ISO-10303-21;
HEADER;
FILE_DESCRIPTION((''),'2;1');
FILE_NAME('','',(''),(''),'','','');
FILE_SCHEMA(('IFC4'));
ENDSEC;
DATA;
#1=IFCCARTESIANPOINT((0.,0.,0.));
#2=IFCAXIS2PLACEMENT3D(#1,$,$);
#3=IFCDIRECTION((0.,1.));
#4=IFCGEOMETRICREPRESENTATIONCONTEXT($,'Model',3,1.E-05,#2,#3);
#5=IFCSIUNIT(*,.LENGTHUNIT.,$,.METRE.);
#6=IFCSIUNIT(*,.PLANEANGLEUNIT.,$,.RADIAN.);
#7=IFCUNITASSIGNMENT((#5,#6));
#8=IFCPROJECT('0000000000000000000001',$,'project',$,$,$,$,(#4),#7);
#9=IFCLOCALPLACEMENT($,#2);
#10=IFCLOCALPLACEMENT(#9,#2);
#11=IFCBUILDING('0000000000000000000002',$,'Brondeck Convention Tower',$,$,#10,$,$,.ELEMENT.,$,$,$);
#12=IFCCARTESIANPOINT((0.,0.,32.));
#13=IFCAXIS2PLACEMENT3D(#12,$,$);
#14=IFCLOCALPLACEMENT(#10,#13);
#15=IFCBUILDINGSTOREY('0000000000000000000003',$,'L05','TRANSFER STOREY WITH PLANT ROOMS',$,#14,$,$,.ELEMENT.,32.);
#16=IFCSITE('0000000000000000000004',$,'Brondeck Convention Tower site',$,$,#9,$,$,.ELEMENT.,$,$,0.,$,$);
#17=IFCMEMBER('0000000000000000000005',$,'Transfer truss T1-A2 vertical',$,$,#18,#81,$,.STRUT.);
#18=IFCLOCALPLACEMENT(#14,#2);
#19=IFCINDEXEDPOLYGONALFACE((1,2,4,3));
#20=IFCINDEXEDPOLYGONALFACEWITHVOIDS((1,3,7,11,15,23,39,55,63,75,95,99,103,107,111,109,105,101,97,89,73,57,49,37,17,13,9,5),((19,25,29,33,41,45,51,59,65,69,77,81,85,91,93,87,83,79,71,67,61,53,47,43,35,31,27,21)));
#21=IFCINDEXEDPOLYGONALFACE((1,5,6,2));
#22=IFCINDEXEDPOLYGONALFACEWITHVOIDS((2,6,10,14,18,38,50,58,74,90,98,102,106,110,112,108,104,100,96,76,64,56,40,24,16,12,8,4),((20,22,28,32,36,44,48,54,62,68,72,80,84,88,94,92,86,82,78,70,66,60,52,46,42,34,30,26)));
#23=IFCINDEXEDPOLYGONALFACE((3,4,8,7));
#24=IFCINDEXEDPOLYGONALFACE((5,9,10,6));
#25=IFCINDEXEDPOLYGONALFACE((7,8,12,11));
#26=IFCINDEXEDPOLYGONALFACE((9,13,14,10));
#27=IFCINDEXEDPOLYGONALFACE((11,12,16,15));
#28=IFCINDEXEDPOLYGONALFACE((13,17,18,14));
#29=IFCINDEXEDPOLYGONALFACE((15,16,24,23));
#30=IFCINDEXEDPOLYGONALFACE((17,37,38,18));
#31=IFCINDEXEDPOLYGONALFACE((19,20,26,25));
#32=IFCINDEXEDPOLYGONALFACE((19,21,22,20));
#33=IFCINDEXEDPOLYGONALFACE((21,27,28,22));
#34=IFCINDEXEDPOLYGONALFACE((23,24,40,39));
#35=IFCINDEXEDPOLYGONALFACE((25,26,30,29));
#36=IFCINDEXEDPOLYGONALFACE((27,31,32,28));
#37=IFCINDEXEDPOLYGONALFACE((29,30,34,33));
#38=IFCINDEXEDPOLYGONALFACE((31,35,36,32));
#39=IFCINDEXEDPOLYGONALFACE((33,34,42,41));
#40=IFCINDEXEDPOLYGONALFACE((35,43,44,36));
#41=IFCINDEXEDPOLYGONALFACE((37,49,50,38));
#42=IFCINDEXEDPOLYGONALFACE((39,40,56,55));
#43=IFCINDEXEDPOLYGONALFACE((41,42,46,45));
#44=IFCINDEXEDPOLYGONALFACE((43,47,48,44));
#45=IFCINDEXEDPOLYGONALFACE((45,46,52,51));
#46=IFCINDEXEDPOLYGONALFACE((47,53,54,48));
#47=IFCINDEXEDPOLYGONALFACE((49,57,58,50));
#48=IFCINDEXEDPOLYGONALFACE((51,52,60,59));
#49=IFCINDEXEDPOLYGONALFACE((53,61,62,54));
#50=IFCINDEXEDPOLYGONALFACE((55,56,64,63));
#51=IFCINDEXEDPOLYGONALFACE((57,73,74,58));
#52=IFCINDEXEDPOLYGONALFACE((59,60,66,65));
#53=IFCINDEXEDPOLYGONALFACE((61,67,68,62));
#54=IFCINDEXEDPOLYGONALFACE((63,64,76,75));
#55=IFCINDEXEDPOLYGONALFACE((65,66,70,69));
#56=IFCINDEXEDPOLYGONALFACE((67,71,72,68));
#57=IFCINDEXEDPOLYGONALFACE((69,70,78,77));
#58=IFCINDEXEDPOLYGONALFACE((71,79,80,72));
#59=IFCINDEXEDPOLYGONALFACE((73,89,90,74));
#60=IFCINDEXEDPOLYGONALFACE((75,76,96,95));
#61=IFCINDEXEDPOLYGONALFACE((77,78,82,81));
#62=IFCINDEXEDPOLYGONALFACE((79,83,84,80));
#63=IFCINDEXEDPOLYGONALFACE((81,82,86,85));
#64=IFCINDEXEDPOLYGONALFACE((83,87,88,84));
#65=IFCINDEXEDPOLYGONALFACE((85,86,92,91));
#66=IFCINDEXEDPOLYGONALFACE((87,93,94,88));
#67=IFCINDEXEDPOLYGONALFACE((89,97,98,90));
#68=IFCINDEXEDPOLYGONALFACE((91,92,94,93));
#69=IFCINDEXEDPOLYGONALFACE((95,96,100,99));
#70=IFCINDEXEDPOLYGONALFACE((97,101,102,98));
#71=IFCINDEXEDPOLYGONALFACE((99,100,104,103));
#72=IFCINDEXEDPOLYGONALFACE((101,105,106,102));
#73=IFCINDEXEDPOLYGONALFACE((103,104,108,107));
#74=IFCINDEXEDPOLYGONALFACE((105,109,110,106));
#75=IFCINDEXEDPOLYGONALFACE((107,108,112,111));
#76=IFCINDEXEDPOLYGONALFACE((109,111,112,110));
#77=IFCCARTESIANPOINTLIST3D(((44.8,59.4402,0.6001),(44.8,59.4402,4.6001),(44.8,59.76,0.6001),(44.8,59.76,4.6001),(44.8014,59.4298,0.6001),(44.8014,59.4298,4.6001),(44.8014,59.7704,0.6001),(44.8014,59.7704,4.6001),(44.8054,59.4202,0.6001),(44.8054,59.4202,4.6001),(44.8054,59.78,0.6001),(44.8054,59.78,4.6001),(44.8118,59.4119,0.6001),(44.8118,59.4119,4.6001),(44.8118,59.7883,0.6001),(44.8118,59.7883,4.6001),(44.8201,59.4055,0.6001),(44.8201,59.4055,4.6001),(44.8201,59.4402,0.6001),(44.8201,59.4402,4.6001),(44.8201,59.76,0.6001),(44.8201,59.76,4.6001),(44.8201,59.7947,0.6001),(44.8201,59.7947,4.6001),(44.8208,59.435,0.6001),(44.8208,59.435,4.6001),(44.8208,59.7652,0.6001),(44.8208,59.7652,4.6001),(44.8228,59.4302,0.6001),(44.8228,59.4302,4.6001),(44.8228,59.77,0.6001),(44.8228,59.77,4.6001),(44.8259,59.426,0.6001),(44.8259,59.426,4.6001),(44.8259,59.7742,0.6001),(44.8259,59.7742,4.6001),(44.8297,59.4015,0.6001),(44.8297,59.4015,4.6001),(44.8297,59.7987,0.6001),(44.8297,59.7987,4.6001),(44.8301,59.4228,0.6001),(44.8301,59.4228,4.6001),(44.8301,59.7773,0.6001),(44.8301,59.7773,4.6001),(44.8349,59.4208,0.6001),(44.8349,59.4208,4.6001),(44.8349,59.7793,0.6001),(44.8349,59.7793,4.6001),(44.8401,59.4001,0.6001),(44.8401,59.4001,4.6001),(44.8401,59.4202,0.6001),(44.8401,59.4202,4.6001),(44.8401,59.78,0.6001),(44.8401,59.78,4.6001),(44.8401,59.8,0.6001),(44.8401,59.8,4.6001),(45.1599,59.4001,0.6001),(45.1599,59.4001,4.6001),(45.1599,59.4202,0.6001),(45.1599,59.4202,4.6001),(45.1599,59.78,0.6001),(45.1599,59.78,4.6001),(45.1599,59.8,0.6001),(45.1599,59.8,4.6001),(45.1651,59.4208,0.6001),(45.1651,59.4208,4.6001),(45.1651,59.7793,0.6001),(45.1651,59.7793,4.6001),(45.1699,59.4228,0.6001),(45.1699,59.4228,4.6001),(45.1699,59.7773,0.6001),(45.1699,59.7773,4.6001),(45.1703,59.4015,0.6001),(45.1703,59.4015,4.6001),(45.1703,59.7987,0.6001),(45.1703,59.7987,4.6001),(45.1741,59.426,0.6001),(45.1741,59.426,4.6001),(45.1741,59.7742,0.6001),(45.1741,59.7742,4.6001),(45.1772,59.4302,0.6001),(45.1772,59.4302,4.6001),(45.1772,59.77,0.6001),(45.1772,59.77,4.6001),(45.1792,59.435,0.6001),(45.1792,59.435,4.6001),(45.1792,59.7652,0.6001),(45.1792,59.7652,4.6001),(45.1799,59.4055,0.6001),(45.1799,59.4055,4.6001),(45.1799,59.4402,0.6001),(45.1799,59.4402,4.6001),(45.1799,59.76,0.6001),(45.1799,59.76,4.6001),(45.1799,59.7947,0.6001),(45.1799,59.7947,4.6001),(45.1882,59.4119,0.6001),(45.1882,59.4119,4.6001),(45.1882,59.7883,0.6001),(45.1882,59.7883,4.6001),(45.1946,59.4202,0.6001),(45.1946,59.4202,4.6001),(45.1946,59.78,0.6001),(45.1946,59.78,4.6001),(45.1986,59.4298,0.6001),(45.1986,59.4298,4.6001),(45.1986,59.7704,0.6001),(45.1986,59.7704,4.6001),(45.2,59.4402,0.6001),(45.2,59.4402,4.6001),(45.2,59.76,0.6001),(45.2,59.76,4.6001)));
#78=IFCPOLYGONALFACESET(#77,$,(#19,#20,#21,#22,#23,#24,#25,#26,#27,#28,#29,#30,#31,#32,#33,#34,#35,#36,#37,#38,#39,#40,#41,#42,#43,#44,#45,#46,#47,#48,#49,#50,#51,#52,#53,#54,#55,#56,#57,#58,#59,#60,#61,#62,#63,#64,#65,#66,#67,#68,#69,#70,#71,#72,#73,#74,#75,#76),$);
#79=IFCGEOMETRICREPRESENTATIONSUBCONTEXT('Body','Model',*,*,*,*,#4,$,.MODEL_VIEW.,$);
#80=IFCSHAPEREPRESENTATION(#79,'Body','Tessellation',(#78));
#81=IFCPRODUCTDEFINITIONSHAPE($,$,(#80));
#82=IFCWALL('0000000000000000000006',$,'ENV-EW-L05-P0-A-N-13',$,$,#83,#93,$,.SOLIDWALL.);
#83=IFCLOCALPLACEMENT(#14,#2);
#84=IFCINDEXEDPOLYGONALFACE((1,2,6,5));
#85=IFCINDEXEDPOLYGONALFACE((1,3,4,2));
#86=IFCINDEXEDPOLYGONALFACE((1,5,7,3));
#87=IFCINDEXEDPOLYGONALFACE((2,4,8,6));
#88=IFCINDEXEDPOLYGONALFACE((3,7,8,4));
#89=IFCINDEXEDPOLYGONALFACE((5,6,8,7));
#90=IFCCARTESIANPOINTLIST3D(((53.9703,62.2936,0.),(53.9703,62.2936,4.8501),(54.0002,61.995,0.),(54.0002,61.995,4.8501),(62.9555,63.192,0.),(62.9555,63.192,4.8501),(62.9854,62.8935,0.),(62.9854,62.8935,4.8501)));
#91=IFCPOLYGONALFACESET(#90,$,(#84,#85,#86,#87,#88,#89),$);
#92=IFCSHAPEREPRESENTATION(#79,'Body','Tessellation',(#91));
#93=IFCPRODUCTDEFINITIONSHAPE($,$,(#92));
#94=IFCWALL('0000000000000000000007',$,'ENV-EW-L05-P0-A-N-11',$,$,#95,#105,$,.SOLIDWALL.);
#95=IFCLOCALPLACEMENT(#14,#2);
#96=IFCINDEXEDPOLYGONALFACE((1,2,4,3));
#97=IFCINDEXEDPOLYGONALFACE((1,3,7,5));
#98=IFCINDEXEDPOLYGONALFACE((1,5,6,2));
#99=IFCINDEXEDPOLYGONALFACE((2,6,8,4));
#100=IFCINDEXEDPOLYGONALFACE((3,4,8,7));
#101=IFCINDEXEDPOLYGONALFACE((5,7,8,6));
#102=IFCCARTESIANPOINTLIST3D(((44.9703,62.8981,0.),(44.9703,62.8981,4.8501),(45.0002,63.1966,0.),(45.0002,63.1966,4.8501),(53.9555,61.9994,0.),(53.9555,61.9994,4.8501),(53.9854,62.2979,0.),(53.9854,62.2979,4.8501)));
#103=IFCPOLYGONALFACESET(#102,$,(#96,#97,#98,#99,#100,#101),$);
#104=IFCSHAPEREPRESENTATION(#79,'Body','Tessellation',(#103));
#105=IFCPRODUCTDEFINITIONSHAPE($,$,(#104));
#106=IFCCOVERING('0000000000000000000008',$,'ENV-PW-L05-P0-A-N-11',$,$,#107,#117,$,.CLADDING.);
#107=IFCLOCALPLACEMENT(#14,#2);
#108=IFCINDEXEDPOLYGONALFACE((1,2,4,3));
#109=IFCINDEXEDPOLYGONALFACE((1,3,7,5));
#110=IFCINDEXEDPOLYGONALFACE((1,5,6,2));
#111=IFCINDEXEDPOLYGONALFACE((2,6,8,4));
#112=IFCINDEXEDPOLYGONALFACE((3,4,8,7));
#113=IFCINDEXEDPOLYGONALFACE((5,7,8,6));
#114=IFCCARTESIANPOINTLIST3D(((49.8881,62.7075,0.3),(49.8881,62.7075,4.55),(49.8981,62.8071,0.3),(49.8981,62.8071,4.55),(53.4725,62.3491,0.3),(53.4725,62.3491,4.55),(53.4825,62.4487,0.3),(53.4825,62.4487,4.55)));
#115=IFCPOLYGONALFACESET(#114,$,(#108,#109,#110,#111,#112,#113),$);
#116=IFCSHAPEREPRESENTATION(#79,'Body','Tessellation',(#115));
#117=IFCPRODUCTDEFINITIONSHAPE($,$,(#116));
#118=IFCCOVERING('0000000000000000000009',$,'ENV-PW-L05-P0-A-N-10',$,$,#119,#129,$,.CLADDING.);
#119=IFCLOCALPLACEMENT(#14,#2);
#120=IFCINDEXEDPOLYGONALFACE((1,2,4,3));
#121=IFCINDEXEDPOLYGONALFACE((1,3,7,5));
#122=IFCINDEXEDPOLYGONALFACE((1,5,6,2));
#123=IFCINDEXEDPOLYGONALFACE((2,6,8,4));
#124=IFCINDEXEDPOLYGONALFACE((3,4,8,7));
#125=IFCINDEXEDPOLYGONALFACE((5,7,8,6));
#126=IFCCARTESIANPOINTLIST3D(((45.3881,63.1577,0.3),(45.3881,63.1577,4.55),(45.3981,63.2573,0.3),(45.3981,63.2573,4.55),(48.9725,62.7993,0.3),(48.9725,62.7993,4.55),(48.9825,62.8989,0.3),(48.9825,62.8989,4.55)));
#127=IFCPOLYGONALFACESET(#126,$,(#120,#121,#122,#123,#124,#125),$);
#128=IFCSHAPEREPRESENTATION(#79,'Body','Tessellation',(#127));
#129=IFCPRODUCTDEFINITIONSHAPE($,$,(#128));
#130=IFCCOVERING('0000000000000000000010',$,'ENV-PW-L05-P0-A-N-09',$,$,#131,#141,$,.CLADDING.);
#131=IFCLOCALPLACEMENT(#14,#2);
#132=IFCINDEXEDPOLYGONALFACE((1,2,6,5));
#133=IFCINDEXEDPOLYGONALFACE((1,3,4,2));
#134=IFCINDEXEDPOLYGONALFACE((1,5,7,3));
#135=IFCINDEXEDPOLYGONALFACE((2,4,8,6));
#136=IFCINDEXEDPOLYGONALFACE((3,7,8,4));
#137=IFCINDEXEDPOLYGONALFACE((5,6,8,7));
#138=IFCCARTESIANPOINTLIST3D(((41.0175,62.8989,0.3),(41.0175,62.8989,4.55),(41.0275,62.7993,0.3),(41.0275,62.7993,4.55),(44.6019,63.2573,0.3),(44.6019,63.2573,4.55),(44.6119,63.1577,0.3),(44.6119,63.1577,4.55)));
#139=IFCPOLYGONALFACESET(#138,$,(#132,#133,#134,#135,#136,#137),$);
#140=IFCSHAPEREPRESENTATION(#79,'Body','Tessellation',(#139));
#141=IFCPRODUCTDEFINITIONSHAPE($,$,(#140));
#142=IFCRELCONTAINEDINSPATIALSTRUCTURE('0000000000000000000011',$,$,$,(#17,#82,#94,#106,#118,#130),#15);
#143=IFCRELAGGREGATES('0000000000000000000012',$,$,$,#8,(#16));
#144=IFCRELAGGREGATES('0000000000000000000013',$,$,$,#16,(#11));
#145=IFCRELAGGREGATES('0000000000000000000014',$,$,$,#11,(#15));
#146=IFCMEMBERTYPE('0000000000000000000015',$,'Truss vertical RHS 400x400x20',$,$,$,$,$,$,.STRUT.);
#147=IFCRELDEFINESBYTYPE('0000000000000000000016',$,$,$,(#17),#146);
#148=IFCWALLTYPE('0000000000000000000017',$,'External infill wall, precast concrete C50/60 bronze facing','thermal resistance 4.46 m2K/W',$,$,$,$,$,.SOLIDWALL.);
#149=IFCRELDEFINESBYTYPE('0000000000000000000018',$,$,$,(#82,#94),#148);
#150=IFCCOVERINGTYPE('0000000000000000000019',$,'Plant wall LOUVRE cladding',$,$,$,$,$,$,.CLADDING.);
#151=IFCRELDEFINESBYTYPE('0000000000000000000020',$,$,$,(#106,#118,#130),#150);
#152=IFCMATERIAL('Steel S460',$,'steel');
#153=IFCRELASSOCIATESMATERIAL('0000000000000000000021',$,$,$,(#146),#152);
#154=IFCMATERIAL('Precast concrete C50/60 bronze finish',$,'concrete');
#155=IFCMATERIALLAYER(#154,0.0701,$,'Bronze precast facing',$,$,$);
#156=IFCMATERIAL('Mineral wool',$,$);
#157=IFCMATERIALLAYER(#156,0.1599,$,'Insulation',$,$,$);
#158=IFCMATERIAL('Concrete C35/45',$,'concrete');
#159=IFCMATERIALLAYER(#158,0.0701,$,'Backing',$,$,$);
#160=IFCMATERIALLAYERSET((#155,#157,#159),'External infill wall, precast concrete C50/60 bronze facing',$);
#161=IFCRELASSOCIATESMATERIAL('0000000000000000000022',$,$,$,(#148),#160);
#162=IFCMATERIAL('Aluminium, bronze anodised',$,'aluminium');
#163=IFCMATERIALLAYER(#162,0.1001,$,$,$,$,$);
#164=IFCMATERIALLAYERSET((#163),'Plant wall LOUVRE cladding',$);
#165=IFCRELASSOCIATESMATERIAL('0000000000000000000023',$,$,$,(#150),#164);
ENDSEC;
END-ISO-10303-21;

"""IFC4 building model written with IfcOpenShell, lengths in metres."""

from ifc_helpers import new_model, si_unit, direction, frame, frame_2d, origin, origin_2d, place, context, subcontext, project, spatial, rectangle, hollow_rectangle, extrude, material, layer, layer_set, material_profile, profile_set, type_object, element, save


model = new_model("IFC4")

# Units and contexts
model_context = context("Model", 3, precision=1e-05, world=origin(), true_north=direction((0.0, 1.0)))
body_context = subcontext(model_context, "Body", "Model", "MODEL_VIEW")
ifc_project = project(units=[si_unit("LENGTHUNIT", "METRE"), si_unit("PLANEANGLEUNIT", "RADIAN")], contexts=[model_context])

# Site, building, storey
site_placement = place(None, origin())
site = spatial("IfcSite", under=ifc_project, at=site_placement, Name="Brondeck Convention Tower site", CompositionType="ELEMENT", RefElevation=0.0)
building_placement = place(site_placement, origin())
building = spatial("IfcBuilding", under=site, at=building_placement, Name="Brondeck Convention Tower", CompositionType="ELEMENT")
storey_placement = place(building_placement, frame((0.0, 0.0, 32.0)))
storey = spatial("IfcBuildingStorey", under=building, at=storey_placement, Name="L05", Description="TRANSFER STOREY WITH PLANT ROOMS", CompositionType="ELEMENT", Elevation=32.0)

# Shared definitions
ifc_material_1 = material(Name="Steel S460", Category="steel")

# Member
ifc_material_profile_1 = material_profile(ifc_material_1, hollow_rectangle(XDim=0.3999, YDim=0.3999, WallThickness=0.02, InnerFilletRadius=0.02, OuterFilletRadius=0.04, at=origin_2d()), Name="RHS 400x400x20")
ifc_profile_set_1 = profile_set([ifc_material_profile_1], Name="Steel S460")
member_type_1 = type_object("IfcMemberType", Name="Truss vertical RHS 400x400x20", PredefinedType="STRUT", material=ifc_profile_set_1)
for number, where, z_axis, x_axis, name in (
    (1, (45.0, 59.6001, 0.6001), (0.0, 0.0, 1.0), (1.0, 0.0, 0.0), "Transfer truss T1-A2 vertical"),
):
    element("IfcMember", number, at=place(storey_placement, frame(where, z_axis=z_axis, x_axis=x_axis)), inside=storey, type_object=member_type_1, Name=name, PredefinedType="STRUT", context=body_context, shape_type="SweptSolid", body=[
        extrude(hollow_rectangle(XDim=0.3999, YDim=0.3999, WallThickness=0.02, InnerFilletRadius=0.02, OuterFilletRadius=0.04, at=origin_2d()), origin(), (0.0, 0.0, 1.0), 4.0),
    ])

# Walls
ifc_material_2 = material(Name="Precast concrete C50/60 bronze finish", Category="concrete")
ifc_layer_1 = layer(ifc_material_2, 0.0701, Name="Bronze precast facing")
ifc_material_3 = material(Name="Mineral wool")
ifc_layer_2 = layer(ifc_material_3, 0.1599, Name="Insulation")
ifc_material_4 = material(Name="Concrete C35/45", Category="concrete")
ifc_layer_3 = layer(ifc_material_4, 0.0701, Name="Backing")
ifc_layer_set_1 = layer_set([ifc_layer_1, ifc_layer_2, ifc_layer_3], Name="External infill wall, precast concrete C50/60 bronze facing")
wall_type = type_object("IfcWallType", Name="External infill wall, precast concrete C50/60 bronze facing", Description="thermal resistance 4.46 m2K/W", PredefinedType="SOLIDWALL", material=ifc_layer_set_1)
for number, where, z_axis, x_axis, name in (
    (2, (53.9851, 62.1443, 0.0), (0.0, 0.0, 1.0), (0.995038, 0.099496, 0.0), "ENV-EW-L05-P0-A-N-13"),
    (3, (44.9851, 63.0474, 0.0), (0.0, 0.0, 1.0), (0.995035, -0.099522, 0.0), "ENV-EW-L05-P0-A-N-11"),
):
    element("IfcWall", number, at=place(storey_placement, frame(where, z_axis=z_axis, x_axis=x_axis)), inside=storey, type_object=wall_type, Name=name, PredefinedType="SOLIDWALL", context=body_context, shape_type="SweptSolid", body=[
        extrude(rectangle(XDim=9.03, YDim=0.3, at=frame_2d((4.5151, 0.0))), origin(), (0.0, 0.0, 1.0), 4.8501),
    ])

# Coverings
ifc_material_5 = material(Name="Aluminium, bronze anodised", Category="aluminium")
ifc_layer_4 = layer(ifc_material_5, 0.1001)
ifc_layer_set_2 = layer_set([ifc_layer_4], Name="Plant wall LOUVRE cladding")
covering_type = type_object("IfcCoveringType", Name="Plant wall LOUVRE cladding", PredefinedType="CLADDING", material=ifc_layer_set_2)
for number, where, z_axis, x_axis, name in (
    (4, (51.6853, 62.5781, 0.3), (0.0, 0.0, 1.0), (-0.995037, 0.099504, 0.0), "ENV-PW-L05-P0-A-N-11"),
    (5, (47.1853, 63.0283, 0.3), (0.0, 0.0, 1.0), (-0.995037, 0.099504, 0.0), "ENV-PW-L05-P0-A-N-10"),
    (6, (42.8147, 63.0283, 0.3), (0.0, 0.0, 1.0), (-0.995037, -0.099504, 0.0), "ENV-PW-L05-P0-A-N-09"),
):
    element("IfcCovering", number, at=place(storey_placement, frame(where, z_axis=z_axis, x_axis=x_axis)), inside=storey, type_object=covering_type, Name=name, PredefinedType="CLADDING", context=body_context, shape_type="SweptSolid", body=[
        extrude(rectangle(XDim=3.6023, YDim=0.1001, at=origin_2d()), origin(), (0.0, 0.0, 1.0), 4.25),
    ])

save(model, "model.ifc")
